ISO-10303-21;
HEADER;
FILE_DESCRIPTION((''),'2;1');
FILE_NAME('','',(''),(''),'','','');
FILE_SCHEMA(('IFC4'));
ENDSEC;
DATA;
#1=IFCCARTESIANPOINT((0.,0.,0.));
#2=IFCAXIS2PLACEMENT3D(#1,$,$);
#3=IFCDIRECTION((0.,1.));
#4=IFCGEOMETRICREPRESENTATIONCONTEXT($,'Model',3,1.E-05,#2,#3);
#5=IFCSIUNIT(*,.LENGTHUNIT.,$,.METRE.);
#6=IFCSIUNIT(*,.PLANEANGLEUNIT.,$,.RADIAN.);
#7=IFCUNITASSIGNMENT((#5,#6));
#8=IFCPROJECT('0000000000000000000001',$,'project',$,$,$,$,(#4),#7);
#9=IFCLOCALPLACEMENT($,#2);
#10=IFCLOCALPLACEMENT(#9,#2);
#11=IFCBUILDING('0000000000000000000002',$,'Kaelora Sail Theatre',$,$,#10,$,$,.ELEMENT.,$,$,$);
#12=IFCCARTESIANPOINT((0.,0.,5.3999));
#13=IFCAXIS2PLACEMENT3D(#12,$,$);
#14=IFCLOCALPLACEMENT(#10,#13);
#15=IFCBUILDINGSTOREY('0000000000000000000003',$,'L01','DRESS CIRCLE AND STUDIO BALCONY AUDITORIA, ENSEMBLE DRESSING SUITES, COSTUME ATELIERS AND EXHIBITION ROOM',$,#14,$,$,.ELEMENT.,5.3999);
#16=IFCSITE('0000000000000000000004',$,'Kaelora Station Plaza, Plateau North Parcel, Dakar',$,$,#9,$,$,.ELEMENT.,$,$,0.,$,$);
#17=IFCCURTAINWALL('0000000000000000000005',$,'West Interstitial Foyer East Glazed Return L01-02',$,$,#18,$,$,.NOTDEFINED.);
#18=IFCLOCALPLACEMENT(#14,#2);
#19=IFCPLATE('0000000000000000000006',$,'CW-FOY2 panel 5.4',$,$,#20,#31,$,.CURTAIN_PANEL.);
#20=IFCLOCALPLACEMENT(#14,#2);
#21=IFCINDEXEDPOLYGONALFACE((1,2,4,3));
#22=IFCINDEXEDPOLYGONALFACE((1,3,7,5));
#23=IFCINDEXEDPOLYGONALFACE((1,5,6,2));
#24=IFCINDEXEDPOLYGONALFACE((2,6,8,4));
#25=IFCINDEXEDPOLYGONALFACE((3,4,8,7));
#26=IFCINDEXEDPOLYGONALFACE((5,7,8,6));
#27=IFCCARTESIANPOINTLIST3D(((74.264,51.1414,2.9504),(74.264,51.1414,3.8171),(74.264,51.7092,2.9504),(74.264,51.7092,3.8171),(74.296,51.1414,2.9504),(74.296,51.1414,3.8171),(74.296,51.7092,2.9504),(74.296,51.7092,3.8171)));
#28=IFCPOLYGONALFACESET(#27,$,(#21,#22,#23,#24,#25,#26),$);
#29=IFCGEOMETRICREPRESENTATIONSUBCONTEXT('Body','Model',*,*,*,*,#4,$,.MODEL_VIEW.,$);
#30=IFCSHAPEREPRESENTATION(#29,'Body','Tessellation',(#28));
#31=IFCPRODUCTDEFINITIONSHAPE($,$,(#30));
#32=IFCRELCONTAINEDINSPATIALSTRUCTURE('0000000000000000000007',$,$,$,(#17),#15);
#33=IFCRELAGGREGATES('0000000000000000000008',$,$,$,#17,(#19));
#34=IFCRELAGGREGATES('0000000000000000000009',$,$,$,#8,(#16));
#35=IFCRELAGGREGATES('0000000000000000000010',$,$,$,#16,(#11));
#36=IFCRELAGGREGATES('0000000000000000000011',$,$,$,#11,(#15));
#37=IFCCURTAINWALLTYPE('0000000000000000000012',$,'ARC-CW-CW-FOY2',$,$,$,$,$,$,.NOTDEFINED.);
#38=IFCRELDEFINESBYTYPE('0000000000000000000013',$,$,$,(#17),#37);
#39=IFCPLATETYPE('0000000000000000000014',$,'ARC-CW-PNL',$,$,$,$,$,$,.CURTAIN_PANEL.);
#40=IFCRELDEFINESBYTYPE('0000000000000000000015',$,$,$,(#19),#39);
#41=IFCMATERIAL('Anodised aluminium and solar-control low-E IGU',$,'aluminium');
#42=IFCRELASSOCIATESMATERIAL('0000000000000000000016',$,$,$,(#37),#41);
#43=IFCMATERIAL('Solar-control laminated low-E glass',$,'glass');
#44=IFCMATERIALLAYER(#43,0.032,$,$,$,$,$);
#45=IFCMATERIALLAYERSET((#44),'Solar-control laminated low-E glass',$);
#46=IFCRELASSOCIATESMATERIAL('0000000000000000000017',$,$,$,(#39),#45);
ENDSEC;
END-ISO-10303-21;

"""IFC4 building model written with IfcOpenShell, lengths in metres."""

from ifc_helpers import new_model, si_unit, direction, frame, origin, origin_2d, place, context, subcontext, project, spatial, rectangle, extrude, material, layer, layer_set, type_object, element, aggregate, save


model = new_model("IFC4")

# Units and contexts
model_context = context("Model", 3, precision=1e-05, world=origin(), true_north=direction((0.0, 1.0)))
body_context = subcontext(model_context, "Body", "Model", "MODEL_VIEW")
ifc_project = project(units=[si_unit("LENGTHUNIT", "METRE"), si_unit("PLANEANGLEUNIT", "RADIAN")], contexts=[model_context])

# Site, building, storey
site_placement = place(None, origin())
site = spatial("IfcSite", under=ifc_project, at=site_placement, Name="Kaelora Station Plaza, Plateau North Parcel, Dakar", CompositionType="ELEMENT", RefElevation=0.0)
building_placement = place(site_placement, origin())
building = spatial("IfcBuilding", under=site, at=building_placement, Name="Kaelora Sail Theatre", CompositionType="ELEMENT")
storey_placement = place(building_placement, frame((0.0, 0.0, 5.3999)))
storey = spatial("IfcBuildingStorey", under=building, at=storey_placement, Name="L01", Description="DRESS CIRCLE AND STUDIO BALCONY AUDITORIA, ENSEMBLE DRESSING SUITES, COSTUME ATELIERS AND EXHIBITION ROOM", CompositionType="ELEMENT", Elevation=5.3999)

# Curtain wall
ifc_material_1 = material(Name="Anodised aluminium and solar-control low-E IGU", Category="aluminium")
curtain_wall_type = type_object("IfcCurtainWallType", Name="ARC-CW-CW-FOY2", PredefinedType="NOTDEFINED", material=ifc_material_1)
curtain_wall_1_placement = place(storey_placement, origin())
curtain_wall_1 = element("IfcCurtainWall", 1, at=curtain_wall_1_placement, inside=storey, type_object=curtain_wall_type, Name="West Interstitial Foyer East Glazed Return L01-02", PredefinedType="NOTDEFINED")

# Shared definitions
ifc_material_2 = material(Name="Solar-control laminated low-E glass", Category="glass")
ifc_layer = layer(ifc_material_2, 0.032)
ifc_layer_set = layer_set([ifc_layer], Name="Solar-control laminated low-E glass")
plate_type = type_object("IfcPlateType", Name="ARC-CW-PNL", PredefinedType="CURTAIN_PANEL", material=ifc_layer_set)

# Plate
plate_1_placement = place(storey_placement, frame((74.28, 51.4253, 2.9504), z_axis=(0.0, 0.0, 1.0), x_axis=(0.0, 1.0, 0.0)))
plate_1 = element("IfcPlate", 2, at=plate_1_placement, type_object=plate_type, Name="CW-FOY2 panel 5.4", PredefinedType="CURTAIN_PANEL", context=body_context, shape_type="SweptSolid", body=[
    extrude(rectangle(XDim=0.5679, YDim=0.032, at=origin_2d()), origin(), (0.0, 0.0, 1.0), 0.8667),
])
aggregate(curtain_wall_1, [plate_1])

save(model, "model.ifc")
